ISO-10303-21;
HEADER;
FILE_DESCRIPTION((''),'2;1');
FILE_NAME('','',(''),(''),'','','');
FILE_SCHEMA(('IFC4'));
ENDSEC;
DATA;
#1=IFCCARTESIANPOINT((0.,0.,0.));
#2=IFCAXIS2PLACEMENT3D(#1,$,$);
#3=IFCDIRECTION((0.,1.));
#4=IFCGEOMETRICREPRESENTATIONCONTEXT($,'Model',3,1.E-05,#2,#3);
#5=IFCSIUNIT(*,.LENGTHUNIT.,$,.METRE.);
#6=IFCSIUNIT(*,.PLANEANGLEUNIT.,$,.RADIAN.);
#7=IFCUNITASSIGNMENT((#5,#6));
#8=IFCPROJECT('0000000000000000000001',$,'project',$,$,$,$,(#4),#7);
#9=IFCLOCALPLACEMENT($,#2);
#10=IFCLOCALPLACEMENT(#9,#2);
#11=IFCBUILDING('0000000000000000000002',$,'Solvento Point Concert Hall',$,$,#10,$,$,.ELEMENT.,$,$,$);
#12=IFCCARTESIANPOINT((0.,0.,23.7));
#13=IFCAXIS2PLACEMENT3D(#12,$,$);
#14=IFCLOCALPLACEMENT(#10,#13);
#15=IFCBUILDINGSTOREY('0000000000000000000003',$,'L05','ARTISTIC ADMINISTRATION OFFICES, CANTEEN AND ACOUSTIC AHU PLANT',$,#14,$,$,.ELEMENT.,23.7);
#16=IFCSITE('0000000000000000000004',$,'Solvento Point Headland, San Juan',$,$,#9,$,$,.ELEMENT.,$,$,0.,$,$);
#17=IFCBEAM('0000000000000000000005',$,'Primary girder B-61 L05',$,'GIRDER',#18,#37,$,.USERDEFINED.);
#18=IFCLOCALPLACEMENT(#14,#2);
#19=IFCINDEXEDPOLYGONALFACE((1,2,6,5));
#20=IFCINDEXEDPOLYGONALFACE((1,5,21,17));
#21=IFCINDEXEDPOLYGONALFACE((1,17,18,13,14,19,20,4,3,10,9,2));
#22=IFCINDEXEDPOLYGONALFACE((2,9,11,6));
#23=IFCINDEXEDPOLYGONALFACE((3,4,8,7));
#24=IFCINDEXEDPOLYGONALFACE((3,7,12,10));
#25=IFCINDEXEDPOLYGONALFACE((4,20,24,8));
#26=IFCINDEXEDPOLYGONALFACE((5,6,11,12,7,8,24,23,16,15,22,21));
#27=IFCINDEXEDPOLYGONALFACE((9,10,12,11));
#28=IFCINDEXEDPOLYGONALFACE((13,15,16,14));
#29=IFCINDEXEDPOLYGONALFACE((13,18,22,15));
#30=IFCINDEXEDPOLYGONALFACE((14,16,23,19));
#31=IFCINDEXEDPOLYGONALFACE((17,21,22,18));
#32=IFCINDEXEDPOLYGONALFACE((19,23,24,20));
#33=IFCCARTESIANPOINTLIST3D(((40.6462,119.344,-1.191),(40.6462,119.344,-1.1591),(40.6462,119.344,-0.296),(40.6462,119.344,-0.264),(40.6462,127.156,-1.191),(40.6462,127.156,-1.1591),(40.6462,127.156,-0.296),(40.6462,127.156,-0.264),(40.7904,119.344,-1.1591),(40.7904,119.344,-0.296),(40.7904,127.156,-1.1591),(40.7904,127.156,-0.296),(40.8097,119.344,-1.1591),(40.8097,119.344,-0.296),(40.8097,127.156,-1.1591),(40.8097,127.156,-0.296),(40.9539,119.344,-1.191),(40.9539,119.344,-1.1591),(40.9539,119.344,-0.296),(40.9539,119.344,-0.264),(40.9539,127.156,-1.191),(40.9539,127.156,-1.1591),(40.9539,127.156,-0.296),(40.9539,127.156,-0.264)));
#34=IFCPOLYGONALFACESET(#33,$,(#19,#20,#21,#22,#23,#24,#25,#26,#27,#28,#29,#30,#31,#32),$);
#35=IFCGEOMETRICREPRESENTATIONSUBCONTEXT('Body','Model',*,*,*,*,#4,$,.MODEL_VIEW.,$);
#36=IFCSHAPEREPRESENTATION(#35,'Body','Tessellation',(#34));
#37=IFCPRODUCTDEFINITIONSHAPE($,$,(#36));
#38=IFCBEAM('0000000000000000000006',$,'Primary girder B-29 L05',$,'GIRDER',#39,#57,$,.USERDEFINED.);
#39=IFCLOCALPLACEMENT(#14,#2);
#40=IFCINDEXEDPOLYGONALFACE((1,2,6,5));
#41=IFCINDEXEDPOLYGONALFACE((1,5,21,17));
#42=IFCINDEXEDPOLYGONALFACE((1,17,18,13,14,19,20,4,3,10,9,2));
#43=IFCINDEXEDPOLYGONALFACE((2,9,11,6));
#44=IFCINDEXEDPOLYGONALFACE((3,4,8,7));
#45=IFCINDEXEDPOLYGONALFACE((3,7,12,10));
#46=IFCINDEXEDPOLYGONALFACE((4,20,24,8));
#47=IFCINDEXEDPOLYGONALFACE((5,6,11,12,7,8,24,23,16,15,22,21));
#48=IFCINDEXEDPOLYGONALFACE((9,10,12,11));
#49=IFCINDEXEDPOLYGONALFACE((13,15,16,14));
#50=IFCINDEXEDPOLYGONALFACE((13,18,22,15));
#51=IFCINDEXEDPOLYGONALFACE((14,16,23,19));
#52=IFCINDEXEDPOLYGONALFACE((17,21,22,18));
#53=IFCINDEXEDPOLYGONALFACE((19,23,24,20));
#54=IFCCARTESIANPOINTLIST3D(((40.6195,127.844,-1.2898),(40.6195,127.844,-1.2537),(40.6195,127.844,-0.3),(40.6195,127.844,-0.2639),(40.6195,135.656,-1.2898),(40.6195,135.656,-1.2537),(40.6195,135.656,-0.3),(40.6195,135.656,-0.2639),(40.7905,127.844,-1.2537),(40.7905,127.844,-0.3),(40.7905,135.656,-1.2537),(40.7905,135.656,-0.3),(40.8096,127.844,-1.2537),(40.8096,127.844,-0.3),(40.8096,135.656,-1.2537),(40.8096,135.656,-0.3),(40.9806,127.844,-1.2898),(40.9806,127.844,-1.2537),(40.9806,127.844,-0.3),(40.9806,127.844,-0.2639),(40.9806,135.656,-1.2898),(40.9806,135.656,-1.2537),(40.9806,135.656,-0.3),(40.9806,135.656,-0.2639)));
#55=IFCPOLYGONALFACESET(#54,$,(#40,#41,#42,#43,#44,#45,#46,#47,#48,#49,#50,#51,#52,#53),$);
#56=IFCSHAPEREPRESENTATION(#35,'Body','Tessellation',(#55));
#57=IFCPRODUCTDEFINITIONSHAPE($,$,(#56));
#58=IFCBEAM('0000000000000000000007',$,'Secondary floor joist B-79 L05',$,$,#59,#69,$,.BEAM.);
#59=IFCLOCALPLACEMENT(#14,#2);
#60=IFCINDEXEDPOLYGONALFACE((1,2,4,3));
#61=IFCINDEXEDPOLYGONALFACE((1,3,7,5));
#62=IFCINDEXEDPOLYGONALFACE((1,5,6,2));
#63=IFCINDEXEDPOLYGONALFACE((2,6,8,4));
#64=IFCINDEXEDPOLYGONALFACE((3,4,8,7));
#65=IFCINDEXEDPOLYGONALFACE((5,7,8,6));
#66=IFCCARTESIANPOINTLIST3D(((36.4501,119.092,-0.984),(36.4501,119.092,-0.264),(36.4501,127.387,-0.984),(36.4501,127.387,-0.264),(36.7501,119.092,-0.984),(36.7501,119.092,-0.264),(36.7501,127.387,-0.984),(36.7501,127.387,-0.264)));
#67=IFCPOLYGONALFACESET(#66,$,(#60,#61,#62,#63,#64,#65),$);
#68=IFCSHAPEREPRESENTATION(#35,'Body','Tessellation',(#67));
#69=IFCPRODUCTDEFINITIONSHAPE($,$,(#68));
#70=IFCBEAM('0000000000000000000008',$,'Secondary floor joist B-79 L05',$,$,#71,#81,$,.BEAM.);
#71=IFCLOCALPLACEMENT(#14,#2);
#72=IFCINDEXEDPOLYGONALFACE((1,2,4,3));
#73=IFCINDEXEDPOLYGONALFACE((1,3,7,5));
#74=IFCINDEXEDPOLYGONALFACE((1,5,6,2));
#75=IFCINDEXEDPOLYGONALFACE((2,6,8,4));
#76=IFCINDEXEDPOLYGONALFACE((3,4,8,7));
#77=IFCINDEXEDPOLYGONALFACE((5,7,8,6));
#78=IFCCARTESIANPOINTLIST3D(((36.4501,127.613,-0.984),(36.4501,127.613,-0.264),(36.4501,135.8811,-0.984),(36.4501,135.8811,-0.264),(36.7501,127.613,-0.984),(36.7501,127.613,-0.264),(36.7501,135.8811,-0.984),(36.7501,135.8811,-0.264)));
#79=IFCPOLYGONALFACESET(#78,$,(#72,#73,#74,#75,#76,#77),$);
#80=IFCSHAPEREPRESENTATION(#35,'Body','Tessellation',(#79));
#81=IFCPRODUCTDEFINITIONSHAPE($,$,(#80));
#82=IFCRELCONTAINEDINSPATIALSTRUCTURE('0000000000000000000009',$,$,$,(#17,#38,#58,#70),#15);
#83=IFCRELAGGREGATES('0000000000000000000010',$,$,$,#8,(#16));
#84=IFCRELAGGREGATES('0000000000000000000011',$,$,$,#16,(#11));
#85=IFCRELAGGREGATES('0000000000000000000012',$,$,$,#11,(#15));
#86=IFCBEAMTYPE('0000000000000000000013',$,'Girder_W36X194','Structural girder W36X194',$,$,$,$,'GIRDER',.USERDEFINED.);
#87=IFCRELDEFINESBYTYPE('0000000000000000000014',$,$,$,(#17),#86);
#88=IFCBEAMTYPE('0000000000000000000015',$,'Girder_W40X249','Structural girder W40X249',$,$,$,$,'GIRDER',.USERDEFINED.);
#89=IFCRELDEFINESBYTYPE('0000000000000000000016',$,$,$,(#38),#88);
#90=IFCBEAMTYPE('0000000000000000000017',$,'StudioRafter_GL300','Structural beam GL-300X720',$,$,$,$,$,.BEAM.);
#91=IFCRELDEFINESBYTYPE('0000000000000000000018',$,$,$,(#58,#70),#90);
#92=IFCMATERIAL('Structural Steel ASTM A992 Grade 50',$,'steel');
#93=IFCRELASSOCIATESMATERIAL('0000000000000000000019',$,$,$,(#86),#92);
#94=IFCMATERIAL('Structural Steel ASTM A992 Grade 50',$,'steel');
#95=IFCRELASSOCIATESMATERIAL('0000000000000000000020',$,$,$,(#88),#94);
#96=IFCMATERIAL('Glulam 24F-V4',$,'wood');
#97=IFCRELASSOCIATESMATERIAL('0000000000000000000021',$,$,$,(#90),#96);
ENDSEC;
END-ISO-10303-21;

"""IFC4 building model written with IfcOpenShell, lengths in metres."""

from ifc_helpers import new_model, si_unit, direction, frame, origin, origin_2d, place, context, subcontext, project, spatial, rectangle, i_section, extrude, material, material_profile, profile_set, type_object, element, save


model = new_model("IFC4")

# Units and contexts
model_context = context("Model", 3, precision=1e-05, world=origin(), true_north=direction((0.0, 1.0)))
body_context = subcontext(model_context, "Body", "Model", "MODEL_VIEW")
ifc_project = project(units=[si_unit("LENGTHUNIT", "METRE"), si_unit("PLANEANGLEUNIT", "RADIAN")], contexts=[model_context])

# Site, building, storey
site_placement = place(None, origin())
site = spatial("IfcSite", under=ifc_project, at=site_placement, Name="Solvento Point Headland, San Juan", CompositionType="ELEMENT", RefElevation=0.0)
building_placement = place(site_placement, origin())
building = spatial("IfcBuilding", under=site, at=building_placement, Name="Solvento Point Concert Hall", CompositionType="ELEMENT")
storey_placement = place(building_placement, frame((0.0, 0.0, 23.7)))
storey = spatial("IfcBuildingStorey", under=building, at=storey_placement, Name="L05", Description="ARTISTIC ADMINISTRATION OFFICES, CANTEEN AND ACOUSTIC AHU PLANT", CompositionType="ELEMENT", Elevation=23.7)

# Beams
ifc_material_1 = material(Name="Structural Steel ASTM A992 Grade 50", Category="steel")
ifc_material_profile_1 = material_profile(ifc_material_1, i_section(OverallWidth=0.3076, OverallDepth=0.927, WebThickness=0.0193, FlangeThickness=0.032, at=origin_2d()), Name="W36X194")
ifc_profile_set_1 = profile_set([ifc_material_profile_1], Name="Structural Steel ASTM A992 Grade 50")
beam_type_1 = type_object("IfcBeamType", Name="Girder_W36X194", Description="Structural girder W36X194", ElementType="GIRDER", PredefinedType="USERDEFINED", material=ifc_profile_set_1)
for number, where, z_axis, x_axis, name in (
    (1, (40.8, 119.344, -0.7275), (0.0, 1.0, 0.0), (-1.0, 0.0, 0.0), "Primary girder B-61 L05"),
):
    element("IfcBeam", number, at=place(storey_placement, frame(where, z_axis=z_axis, x_axis=x_axis)), inside=storey, type_object=beam_type_1, Name=name, ObjectType="GIRDER", PredefinedType="USERDEFINED", context=body_context, shape_type="SweptSolid", body=[
        extrude(i_section(OverallWidth=0.3076, OverallDepth=0.927, WebThickness=0.0193, FlangeThickness=0.032, at=origin_2d()), origin(), (0.0, 0.0, 1.0), 7.812),
    ])
ifc_material_2 = material(Name="Structural Steel ASTM A992 Grade 50", Category="steel")
ifc_material_profile_2 = material_profile(ifc_material_2, i_section(OverallWidth=0.3611, OverallDepth=1.0259, WebThickness=0.019, FlangeThickness=0.0361, at=origin_2d()), Name="W40X249")
ifc_profile_set_2 = profile_set([ifc_material_profile_2], Name="Structural Steel ASTM A992 Grade 50")
beam_type_2 = type_object("IfcBeamType", Name="Girder_W40X249", Description="Structural girder W40X249", ElementType="GIRDER", PredefinedType="USERDEFINED", material=ifc_profile_set_2)
beam_1_placement = place(storey_placement, frame((40.8, 127.844, -0.7769), z_axis=(0.0, 1.0, 0.0), x_axis=(-1.0, 0.0, 0.0)))
element("IfcBeam", 2, at=beam_1_placement, inside=storey, type_object=beam_type_2, Name="Primary girder B-29 L05", ObjectType="GIRDER", PredefinedType="USERDEFINED", context=body_context, shape_type="SweptSolid", body=[
    extrude(i_section(OverallWidth=0.3611, OverallDepth=1.0259, WebThickness=0.019, FlangeThickness=0.0361, at=origin_2d()), origin(), (0.0, 0.0, 1.0), 7.812),
])
ifc_material_3 = material(Name="Glulam 24F-V4", Category="wood")
ifc_material_profile_3 = material_profile(ifc_material_3, rectangle(XDim=0.3, YDim=0.72, at=origin_2d()), Name="GL-300X720")
ifc_profile_set_3 = profile_set([ifc_material_profile_3], Name="Glulam 24F-V4")
beam_type_3 = type_object("IfcBeamType", Name="StudioRafter_GL300", Description="Structural beam GL-300X720", PredefinedType="BEAM", material=ifc_profile_set_3)
beam_2_placement = place(storey_placement, frame((36.6001, 119.092, -0.624), z_axis=(0.0, 1.0, 0.0), x_axis=(-1.0, 0.0, 0.0)))
element("IfcBeam", 3, at=beam_2_placement, inside=storey, type_object=beam_type_3, Name="Secondary floor joist B-79 L05", PredefinedType="BEAM", context=body_context, shape_type="SweptSolid", body=[
    extrude(rectangle(XDim=0.3, YDim=0.72, at=origin_2d()), origin(), (0.0, 0.0, 1.0), 8.2949),
])
beam_3_placement = place(storey_placement, frame((36.6001, 127.613, -0.624), z_axis=(0.0, 1.0, 0.0), x_axis=(-1.0, 0.0, 0.0)))
element("IfcBeam", 4, at=beam_3_placement, inside=storey, type_object=beam_type_3, Name="Secondary floor joist B-79 L05", PredefinedType="BEAM", context=body_context, shape_type="SweptSolid", body=[
    extrude(rectangle(XDim=0.3, YDim=0.72, at=origin_2d()), origin(), (0.0, 0.0, 1.0), 8.2681),
])

save(model, "model.ifc")
